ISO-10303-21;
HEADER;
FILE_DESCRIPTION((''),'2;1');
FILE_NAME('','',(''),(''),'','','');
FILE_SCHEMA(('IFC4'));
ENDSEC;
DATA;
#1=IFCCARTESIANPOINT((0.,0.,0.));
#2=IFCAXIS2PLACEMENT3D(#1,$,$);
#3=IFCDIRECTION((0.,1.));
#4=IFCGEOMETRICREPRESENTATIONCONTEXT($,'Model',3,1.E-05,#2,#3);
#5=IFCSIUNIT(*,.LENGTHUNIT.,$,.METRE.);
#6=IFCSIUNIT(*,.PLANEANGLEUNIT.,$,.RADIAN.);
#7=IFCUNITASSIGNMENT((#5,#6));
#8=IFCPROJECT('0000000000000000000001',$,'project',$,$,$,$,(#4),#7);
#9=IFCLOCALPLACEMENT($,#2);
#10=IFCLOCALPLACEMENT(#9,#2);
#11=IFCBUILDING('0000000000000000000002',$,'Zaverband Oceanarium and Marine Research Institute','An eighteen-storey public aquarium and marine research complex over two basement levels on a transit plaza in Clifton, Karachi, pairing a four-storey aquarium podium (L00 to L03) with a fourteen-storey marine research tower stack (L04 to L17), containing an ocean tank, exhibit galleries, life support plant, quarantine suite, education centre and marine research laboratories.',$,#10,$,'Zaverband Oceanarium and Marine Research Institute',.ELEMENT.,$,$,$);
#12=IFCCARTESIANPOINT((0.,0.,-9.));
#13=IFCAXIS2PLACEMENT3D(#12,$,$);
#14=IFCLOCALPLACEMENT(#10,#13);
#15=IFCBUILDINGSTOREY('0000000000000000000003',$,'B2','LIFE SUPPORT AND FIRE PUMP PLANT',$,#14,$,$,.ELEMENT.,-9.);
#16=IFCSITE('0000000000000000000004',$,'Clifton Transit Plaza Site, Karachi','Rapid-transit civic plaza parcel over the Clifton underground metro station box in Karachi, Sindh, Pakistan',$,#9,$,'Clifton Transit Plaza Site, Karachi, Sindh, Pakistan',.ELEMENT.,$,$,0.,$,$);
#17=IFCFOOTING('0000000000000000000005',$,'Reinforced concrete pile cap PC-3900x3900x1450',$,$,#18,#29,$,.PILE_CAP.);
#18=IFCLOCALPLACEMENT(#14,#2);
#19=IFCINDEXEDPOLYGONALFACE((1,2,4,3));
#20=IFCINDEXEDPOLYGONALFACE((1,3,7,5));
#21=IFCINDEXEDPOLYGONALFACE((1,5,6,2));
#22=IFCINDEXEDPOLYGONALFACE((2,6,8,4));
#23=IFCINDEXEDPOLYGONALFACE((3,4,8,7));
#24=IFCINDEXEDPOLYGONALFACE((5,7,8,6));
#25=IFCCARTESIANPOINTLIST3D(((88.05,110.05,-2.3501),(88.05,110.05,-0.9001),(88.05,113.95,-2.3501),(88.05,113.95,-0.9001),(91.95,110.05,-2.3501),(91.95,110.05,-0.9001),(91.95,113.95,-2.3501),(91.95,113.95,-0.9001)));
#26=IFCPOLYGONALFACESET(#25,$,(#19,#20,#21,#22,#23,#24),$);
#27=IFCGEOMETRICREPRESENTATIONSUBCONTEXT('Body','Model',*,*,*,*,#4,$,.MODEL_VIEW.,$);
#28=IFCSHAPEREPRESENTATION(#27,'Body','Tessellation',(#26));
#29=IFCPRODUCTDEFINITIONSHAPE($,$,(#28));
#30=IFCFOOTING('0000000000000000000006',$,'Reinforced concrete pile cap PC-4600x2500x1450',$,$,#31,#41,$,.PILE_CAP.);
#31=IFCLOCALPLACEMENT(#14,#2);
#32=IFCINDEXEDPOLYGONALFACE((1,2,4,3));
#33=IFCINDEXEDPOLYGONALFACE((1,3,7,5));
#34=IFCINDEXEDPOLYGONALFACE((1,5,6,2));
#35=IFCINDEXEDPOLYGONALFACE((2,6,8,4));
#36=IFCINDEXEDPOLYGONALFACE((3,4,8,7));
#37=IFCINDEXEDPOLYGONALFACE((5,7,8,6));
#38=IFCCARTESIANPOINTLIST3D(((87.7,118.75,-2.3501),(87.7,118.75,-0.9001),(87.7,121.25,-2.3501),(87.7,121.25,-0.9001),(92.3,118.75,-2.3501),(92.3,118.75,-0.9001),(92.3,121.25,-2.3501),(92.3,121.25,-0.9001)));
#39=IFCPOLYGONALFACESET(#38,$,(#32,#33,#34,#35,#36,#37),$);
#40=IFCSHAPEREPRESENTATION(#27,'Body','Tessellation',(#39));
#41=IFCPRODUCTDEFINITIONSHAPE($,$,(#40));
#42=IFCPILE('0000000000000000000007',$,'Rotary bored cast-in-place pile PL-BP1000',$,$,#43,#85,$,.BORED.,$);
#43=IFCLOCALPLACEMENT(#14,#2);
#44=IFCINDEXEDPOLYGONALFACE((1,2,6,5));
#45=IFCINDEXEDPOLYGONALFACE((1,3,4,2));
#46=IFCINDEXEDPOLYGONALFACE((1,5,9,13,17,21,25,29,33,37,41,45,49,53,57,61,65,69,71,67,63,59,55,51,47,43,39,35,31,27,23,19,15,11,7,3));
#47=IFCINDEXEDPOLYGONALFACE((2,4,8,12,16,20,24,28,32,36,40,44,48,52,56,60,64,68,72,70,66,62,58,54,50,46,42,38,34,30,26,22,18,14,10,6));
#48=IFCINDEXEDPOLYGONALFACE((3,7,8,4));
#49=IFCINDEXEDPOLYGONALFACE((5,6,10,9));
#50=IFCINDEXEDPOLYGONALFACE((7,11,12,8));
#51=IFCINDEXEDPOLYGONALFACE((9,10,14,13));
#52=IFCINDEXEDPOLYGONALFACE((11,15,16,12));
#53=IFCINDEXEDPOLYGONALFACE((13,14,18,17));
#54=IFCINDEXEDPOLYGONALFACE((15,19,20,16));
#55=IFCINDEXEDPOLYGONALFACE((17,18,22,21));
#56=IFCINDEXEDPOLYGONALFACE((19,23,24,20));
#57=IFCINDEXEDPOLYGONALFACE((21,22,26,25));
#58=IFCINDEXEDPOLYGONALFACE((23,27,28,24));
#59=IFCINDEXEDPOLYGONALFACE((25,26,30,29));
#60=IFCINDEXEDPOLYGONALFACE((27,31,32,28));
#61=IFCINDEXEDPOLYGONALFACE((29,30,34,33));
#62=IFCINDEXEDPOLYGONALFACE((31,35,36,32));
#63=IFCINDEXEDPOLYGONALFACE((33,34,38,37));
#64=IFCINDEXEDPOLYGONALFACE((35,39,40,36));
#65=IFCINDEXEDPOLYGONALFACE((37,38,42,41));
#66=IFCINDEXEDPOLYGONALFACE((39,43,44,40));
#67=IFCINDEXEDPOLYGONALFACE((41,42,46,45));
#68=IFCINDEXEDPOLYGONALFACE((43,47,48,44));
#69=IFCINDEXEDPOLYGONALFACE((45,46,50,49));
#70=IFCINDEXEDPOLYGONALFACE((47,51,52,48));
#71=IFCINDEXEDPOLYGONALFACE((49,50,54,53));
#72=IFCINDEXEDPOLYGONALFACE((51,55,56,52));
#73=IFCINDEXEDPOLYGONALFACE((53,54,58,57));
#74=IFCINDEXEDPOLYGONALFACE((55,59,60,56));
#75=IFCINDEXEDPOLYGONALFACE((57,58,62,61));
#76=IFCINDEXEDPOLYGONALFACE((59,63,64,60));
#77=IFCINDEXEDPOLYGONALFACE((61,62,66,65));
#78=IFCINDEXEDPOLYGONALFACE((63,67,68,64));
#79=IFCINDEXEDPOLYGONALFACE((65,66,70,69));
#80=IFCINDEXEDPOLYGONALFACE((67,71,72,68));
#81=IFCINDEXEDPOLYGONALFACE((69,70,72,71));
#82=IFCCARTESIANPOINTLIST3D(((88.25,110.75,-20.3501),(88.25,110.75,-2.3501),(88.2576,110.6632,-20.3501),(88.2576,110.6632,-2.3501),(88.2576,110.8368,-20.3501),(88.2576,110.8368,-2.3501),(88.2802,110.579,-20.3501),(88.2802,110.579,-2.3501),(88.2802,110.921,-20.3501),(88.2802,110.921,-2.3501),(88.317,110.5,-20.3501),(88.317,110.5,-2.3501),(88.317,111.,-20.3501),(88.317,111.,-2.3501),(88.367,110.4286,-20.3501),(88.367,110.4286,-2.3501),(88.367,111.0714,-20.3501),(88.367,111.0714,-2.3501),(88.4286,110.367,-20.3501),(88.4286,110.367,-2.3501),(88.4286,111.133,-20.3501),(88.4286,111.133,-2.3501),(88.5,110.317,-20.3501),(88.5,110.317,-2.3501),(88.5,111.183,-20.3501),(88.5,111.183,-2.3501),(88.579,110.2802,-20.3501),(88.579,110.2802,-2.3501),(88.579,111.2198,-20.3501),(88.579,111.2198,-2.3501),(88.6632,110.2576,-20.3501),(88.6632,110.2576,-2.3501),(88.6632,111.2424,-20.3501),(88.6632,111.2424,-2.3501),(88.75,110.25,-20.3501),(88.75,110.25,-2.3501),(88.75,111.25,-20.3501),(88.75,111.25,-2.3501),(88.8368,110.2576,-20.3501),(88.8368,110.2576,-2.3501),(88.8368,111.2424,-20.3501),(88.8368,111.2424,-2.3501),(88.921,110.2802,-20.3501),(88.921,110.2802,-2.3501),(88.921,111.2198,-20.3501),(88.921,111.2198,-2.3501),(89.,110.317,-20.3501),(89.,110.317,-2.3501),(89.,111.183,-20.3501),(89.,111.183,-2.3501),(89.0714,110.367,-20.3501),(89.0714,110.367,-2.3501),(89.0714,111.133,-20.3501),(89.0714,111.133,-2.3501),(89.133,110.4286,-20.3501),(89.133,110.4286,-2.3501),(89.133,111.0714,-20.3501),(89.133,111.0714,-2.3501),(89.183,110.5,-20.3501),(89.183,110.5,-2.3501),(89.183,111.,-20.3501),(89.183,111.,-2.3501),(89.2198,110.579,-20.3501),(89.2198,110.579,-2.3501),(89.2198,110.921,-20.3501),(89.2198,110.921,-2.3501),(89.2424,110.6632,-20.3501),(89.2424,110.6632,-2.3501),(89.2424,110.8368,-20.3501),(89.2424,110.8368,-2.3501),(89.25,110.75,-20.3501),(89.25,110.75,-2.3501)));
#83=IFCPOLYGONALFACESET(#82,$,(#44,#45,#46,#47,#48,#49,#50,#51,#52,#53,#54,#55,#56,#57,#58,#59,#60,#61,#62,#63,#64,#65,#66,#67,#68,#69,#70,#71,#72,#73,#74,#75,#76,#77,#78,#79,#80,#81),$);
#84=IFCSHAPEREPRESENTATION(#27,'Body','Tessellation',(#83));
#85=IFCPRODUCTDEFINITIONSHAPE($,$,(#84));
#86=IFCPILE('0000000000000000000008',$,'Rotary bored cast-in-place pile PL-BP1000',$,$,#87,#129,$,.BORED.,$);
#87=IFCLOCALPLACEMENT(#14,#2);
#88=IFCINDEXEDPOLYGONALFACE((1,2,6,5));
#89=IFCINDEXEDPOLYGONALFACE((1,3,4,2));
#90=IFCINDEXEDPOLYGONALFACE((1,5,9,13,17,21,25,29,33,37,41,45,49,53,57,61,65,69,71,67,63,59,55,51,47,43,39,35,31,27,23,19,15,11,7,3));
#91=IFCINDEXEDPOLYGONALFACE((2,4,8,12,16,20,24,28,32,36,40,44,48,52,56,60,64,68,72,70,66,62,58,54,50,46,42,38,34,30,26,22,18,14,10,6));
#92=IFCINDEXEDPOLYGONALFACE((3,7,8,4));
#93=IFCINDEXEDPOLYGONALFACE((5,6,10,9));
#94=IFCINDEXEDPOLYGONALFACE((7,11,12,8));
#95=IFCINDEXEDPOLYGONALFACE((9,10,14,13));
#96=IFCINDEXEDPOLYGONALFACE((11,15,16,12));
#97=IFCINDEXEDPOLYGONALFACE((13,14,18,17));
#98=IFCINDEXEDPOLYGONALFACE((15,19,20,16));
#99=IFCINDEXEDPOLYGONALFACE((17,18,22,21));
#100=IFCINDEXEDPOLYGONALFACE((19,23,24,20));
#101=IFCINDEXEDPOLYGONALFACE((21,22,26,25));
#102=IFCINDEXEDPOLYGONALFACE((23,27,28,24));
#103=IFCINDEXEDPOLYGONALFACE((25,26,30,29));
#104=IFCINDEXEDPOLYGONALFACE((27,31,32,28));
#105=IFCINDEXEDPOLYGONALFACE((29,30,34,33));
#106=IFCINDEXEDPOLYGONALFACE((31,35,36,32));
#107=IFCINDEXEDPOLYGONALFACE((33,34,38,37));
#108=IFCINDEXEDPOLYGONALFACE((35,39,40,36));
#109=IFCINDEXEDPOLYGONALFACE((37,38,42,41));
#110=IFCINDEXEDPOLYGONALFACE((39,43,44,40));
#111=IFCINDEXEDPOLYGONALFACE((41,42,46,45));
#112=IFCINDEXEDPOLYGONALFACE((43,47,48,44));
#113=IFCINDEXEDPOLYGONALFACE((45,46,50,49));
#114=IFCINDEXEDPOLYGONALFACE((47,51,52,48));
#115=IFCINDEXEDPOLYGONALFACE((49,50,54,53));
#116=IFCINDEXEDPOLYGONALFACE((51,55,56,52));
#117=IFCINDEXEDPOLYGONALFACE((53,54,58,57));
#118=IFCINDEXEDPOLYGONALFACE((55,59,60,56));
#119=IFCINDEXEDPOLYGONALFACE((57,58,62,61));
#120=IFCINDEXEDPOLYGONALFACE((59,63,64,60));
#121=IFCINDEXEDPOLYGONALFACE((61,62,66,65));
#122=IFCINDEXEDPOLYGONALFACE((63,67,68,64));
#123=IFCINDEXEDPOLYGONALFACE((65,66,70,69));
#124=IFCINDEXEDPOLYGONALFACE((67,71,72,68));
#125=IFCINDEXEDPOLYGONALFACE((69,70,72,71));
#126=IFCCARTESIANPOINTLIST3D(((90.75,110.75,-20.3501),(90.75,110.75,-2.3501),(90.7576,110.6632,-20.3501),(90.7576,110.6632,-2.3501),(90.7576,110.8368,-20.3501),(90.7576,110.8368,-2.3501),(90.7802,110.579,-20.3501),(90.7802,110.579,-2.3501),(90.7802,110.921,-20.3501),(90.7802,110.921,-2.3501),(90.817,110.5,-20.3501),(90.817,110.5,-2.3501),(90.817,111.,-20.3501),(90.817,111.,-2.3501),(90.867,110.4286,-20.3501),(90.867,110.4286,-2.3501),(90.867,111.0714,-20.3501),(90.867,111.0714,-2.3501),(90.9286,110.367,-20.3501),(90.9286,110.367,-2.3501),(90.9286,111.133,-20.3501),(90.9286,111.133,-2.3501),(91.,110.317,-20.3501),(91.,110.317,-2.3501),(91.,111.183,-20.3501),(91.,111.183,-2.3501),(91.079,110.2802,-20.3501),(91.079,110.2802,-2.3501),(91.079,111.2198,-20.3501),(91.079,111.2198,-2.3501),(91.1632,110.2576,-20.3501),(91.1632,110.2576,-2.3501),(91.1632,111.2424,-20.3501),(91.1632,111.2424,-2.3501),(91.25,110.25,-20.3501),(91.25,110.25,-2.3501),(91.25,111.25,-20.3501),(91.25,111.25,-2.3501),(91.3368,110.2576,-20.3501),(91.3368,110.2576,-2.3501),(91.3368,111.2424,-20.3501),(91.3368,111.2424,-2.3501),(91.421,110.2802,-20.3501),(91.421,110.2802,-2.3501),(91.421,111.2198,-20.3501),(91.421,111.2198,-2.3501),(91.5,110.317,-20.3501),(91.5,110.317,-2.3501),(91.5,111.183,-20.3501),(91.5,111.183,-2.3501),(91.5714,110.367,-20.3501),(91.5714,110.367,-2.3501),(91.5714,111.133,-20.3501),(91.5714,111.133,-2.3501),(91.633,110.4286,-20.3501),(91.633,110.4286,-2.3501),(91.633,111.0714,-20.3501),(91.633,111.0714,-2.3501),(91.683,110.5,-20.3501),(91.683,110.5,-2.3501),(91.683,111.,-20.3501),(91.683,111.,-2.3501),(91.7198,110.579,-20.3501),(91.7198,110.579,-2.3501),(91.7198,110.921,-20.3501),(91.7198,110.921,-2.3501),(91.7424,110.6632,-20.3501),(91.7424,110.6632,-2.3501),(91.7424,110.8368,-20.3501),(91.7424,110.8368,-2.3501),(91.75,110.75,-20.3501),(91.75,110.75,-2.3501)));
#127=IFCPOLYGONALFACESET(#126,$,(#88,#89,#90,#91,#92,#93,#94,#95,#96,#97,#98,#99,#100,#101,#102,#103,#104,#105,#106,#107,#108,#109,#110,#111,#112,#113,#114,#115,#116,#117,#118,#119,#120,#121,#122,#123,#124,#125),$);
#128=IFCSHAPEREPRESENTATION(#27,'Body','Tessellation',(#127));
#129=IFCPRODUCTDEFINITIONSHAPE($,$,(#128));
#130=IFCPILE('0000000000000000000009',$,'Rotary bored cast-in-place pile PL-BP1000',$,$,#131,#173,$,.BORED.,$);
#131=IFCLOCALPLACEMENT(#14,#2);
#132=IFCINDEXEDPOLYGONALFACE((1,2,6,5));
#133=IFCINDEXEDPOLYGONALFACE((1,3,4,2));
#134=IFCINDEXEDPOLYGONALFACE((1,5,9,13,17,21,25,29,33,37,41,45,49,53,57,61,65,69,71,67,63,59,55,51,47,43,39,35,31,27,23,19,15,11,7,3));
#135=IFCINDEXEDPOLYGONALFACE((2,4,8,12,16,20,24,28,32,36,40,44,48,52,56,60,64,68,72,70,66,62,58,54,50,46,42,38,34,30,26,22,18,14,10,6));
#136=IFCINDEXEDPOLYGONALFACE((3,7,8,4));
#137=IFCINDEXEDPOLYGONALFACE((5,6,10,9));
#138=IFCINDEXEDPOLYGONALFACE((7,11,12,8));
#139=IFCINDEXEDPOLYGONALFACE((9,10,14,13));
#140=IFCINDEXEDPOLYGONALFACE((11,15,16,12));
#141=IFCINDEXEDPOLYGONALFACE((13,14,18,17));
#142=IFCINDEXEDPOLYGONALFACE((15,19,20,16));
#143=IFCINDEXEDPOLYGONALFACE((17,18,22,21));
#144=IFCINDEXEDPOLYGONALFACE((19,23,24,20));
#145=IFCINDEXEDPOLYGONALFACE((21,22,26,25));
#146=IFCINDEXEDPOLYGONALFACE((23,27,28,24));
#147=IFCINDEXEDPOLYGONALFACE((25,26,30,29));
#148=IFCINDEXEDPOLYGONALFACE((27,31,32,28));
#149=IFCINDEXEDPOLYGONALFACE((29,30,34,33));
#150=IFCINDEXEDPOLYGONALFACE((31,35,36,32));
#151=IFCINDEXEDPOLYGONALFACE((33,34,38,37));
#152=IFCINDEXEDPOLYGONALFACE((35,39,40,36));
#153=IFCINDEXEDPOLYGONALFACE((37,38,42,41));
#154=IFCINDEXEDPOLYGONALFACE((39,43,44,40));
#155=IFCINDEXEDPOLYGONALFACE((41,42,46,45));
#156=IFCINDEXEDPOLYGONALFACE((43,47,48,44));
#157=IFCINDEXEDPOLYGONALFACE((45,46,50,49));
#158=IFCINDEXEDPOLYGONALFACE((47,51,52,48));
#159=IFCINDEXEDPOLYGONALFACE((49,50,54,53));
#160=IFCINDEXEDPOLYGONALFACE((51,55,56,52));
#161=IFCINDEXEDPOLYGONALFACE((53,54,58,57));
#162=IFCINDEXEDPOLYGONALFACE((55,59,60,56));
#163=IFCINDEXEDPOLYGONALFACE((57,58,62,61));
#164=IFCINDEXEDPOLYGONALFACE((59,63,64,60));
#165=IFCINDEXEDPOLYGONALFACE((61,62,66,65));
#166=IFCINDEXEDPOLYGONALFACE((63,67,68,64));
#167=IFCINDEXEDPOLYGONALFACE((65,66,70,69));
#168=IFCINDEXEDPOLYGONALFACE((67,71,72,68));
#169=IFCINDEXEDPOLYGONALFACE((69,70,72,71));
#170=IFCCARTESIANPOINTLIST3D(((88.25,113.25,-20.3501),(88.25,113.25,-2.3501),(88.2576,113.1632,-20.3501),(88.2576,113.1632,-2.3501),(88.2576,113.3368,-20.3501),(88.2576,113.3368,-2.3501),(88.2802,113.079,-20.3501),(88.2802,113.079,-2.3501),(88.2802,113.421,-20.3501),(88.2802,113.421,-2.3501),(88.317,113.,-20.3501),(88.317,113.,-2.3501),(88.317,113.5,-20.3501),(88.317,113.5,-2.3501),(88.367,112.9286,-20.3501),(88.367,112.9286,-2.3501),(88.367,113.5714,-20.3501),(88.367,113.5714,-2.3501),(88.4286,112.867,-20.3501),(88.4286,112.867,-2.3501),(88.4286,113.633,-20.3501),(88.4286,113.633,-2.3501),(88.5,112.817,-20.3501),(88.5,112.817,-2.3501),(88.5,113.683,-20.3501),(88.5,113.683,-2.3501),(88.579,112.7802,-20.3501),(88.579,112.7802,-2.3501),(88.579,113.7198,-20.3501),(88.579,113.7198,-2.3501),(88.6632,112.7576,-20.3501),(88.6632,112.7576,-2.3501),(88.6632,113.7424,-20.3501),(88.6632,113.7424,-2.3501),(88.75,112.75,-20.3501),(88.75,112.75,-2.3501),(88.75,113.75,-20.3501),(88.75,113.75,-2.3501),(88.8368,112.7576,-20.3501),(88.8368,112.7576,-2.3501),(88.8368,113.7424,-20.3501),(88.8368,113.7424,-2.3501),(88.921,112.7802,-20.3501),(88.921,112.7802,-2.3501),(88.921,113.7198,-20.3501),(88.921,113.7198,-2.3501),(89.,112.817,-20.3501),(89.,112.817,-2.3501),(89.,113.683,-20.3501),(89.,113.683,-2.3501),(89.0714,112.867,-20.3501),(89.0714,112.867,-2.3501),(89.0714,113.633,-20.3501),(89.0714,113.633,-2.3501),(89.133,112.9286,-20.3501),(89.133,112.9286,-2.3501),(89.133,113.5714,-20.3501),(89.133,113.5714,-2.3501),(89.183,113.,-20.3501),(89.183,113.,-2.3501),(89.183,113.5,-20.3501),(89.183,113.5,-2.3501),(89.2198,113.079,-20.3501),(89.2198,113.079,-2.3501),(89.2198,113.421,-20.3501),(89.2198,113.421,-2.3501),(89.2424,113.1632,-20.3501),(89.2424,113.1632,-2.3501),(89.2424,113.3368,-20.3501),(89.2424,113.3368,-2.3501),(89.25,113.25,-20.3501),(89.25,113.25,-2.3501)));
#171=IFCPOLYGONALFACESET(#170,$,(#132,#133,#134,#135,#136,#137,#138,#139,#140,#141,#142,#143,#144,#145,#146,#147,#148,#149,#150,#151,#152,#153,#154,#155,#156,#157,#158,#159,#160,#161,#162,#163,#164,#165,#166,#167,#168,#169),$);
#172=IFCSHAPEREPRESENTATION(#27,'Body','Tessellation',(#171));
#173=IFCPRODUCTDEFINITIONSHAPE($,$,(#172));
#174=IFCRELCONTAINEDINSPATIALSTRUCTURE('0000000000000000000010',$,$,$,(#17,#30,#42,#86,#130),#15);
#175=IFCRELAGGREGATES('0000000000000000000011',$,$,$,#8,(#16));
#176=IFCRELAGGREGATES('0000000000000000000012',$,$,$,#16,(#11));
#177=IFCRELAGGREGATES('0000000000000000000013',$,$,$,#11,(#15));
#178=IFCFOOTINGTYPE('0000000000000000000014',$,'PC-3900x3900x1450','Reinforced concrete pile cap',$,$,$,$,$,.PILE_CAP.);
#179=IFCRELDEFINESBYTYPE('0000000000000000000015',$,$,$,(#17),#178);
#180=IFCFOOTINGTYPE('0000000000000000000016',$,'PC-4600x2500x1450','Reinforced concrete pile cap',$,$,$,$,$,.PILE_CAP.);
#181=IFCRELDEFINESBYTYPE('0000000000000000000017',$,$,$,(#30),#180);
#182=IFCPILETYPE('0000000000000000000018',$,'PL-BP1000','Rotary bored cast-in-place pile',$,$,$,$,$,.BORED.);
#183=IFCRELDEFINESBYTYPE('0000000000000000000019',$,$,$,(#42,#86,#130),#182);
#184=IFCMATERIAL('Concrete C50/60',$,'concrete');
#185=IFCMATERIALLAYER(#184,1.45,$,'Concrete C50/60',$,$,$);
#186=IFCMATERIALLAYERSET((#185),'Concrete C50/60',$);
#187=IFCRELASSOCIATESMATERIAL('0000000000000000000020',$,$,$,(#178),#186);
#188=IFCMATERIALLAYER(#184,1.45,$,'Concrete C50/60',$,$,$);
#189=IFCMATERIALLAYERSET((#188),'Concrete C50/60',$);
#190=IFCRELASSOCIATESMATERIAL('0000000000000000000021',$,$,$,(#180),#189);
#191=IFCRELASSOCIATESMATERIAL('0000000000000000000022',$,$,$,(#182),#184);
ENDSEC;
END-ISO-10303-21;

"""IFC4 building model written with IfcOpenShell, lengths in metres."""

from ifc_helpers import new_model, si_unit, direction, frame, origin, origin_2d, place, context, subcontext, project, spatial, rectangle, circle, extrude, material, layer, layer_set, material_profile, profile_set, type_object, element, save


model = new_model("IFC4")

# Units and contexts
model_context = context("Model", 3, precision=1e-05, world=origin(), true_north=direction((0.0, 1.0)))
body_context = subcontext(model_context, "Body", "Model", "MODEL_VIEW")
ifc_project = project(units=[si_unit("LENGTHUNIT", "METRE"), si_unit("PLANEANGLEUNIT", "RADIAN")], contexts=[model_context])

# Site, building, storey
site_placement = place(None, origin())
site = spatial("IfcSite", under=ifc_project, at=site_placement, Name="Clifton Transit Plaza Site, Karachi", Description="Rapid-transit civic plaza parcel over the Clifton underground metro station box in Karachi, Sindh, Pakistan", LongName="Clifton Transit Plaza Site, Karachi, Sindh, Pakistan", CompositionType="ELEMENT", RefElevation=0.0)
building_placement = place(site_placement, origin())
building = spatial("IfcBuilding", under=site, at=building_placement, Name="Zaverband Oceanarium and Marine Research Institute", Description="An eighteen-storey public aquarium and marine research complex over two basement levels on a transit plaza in Clifton, Karachi, pairing a four-storey aquarium podium (L00 to L03) with a fourteen-storey marine research tower stack (L04 to L17), containing an ocean tank, exhibit galleries, life support plant, quarantine suite, education centre and marine research laboratories.", LongName="Zaverband Oceanarium and Marine Research Institute", CompositionType="ELEMENT")
storey_placement = place(building_placement, frame((0.0, 0.0, -9.0)))
storey = spatial("IfcBuildingStorey", under=building, at=storey_placement, Name="B2", Description="LIFE SUPPORT AND FIRE PUMP PLANT", CompositionType="ELEMENT", Elevation=-9.0)

# Footings
ifc_material_1 = material(Name="Concrete C50/60", Category="concrete")
ifc_layer_1 = layer(ifc_material_1, 1.45, Name="Concrete C50/60")
ifc_layer_set_1 = layer_set([ifc_layer_1], Name="Concrete C50/60")
footing_type_1 = type_object("IfcFootingType", Name="PC-3900x3900x1450", Description="Reinforced concrete pile cap", PredefinedType="PILE_CAP", material=ifc_layer_set_1)
footing_1_placement = place(storey_placement, frame((90.0, 112.0, -2.3501), z_axis=(0.0, 0.0, 1.0), x_axis=(1.0, 0.0, 0.0)))
element("IfcFooting", 1, at=footing_1_placement, inside=storey, type_object=footing_type_1, Name="Reinforced concrete pile cap PC-3900x3900x1450", PredefinedType="PILE_CAP", context=body_context, shape_type="SweptSolid", body=[
    extrude(rectangle(XDim=3.8999, YDim=3.8999, at=origin_2d()), origin(), (0.0, 0.0, 1.0), 1.45),
])
ifc_layer_2 = layer(ifc_material_1, 1.45, Name="Concrete C50/60")
ifc_layer_set_2 = layer_set([ifc_layer_2], Name="Concrete C50/60")
footing_type_2 = type_object("IfcFootingType", Name="PC-4600x2500x1450", Description="Reinforced concrete pile cap", PredefinedType="PILE_CAP", material=ifc_layer_set_2)
footing_2_placement = place(storey_placement, frame((90.0, 120.0, -2.3501), z_axis=(0.0, 0.0, 1.0), x_axis=(1.0, 0.0, 0.0)))
element("IfcFooting", 2, at=footing_2_placement, inside=storey, type_object=footing_type_2, Name="Reinforced concrete pile cap PC-4600x2500x1450", PredefinedType="PILE_CAP", context=body_context, shape_type="SweptSolid", body=[
    extrude(rectangle(XDim=4.6001, YDim=2.5, at=origin_2d()), origin(), (0.0, 0.0, 1.0), 1.45),
])

# Piles
ifc_material_profile_1 = material_profile(ifc_material_1, circle(Radius=0.5, at=origin_2d()), Name="BP1000")
ifc_profile_set_1 = profile_set([ifc_material_profile_1], Name="Concrete C50/60")
pile_type_1 = type_object("IfcPileType", Name="PL-BP1000", Description="Rotary bored cast-in-place pile", PredefinedType="BORED", material=ifc_profile_set_1)
for number, where, z_axis, x_axis, name in (
    (3, (88.75, 110.75, -2.3501), (0.0, 0.0, -1.0), (1.0, 0.0, 0.0), "Rotary bored cast-in-place pile PL-BP1000"),
    (4, (91.25, 110.75, -2.3501), (0.0, 0.0, -1.0), (1.0, 0.0, 0.0), "Rotary bored cast-in-place pile PL-BP1000"),
    (5, (88.75, 113.25, -2.3501), (0.0, 0.0, -1.0), (1.0, 0.0, 0.0), "Rotary bored cast-in-place pile PL-BP1000"),
):
    element("IfcPile", number, at=place(storey_placement, frame(where, z_axis=z_axis, x_axis=x_axis)), inside=storey, type_object=pile_type_1, Name=name, PredefinedType="BORED", context=body_context, shape_type="SweptSolid", body=[
        extrude(circle(Radius=0.5, at=origin_2d()), origin(), (0.0, 0.0, 1.0), 18.0),
    ])

save(model, "model.ifc")
